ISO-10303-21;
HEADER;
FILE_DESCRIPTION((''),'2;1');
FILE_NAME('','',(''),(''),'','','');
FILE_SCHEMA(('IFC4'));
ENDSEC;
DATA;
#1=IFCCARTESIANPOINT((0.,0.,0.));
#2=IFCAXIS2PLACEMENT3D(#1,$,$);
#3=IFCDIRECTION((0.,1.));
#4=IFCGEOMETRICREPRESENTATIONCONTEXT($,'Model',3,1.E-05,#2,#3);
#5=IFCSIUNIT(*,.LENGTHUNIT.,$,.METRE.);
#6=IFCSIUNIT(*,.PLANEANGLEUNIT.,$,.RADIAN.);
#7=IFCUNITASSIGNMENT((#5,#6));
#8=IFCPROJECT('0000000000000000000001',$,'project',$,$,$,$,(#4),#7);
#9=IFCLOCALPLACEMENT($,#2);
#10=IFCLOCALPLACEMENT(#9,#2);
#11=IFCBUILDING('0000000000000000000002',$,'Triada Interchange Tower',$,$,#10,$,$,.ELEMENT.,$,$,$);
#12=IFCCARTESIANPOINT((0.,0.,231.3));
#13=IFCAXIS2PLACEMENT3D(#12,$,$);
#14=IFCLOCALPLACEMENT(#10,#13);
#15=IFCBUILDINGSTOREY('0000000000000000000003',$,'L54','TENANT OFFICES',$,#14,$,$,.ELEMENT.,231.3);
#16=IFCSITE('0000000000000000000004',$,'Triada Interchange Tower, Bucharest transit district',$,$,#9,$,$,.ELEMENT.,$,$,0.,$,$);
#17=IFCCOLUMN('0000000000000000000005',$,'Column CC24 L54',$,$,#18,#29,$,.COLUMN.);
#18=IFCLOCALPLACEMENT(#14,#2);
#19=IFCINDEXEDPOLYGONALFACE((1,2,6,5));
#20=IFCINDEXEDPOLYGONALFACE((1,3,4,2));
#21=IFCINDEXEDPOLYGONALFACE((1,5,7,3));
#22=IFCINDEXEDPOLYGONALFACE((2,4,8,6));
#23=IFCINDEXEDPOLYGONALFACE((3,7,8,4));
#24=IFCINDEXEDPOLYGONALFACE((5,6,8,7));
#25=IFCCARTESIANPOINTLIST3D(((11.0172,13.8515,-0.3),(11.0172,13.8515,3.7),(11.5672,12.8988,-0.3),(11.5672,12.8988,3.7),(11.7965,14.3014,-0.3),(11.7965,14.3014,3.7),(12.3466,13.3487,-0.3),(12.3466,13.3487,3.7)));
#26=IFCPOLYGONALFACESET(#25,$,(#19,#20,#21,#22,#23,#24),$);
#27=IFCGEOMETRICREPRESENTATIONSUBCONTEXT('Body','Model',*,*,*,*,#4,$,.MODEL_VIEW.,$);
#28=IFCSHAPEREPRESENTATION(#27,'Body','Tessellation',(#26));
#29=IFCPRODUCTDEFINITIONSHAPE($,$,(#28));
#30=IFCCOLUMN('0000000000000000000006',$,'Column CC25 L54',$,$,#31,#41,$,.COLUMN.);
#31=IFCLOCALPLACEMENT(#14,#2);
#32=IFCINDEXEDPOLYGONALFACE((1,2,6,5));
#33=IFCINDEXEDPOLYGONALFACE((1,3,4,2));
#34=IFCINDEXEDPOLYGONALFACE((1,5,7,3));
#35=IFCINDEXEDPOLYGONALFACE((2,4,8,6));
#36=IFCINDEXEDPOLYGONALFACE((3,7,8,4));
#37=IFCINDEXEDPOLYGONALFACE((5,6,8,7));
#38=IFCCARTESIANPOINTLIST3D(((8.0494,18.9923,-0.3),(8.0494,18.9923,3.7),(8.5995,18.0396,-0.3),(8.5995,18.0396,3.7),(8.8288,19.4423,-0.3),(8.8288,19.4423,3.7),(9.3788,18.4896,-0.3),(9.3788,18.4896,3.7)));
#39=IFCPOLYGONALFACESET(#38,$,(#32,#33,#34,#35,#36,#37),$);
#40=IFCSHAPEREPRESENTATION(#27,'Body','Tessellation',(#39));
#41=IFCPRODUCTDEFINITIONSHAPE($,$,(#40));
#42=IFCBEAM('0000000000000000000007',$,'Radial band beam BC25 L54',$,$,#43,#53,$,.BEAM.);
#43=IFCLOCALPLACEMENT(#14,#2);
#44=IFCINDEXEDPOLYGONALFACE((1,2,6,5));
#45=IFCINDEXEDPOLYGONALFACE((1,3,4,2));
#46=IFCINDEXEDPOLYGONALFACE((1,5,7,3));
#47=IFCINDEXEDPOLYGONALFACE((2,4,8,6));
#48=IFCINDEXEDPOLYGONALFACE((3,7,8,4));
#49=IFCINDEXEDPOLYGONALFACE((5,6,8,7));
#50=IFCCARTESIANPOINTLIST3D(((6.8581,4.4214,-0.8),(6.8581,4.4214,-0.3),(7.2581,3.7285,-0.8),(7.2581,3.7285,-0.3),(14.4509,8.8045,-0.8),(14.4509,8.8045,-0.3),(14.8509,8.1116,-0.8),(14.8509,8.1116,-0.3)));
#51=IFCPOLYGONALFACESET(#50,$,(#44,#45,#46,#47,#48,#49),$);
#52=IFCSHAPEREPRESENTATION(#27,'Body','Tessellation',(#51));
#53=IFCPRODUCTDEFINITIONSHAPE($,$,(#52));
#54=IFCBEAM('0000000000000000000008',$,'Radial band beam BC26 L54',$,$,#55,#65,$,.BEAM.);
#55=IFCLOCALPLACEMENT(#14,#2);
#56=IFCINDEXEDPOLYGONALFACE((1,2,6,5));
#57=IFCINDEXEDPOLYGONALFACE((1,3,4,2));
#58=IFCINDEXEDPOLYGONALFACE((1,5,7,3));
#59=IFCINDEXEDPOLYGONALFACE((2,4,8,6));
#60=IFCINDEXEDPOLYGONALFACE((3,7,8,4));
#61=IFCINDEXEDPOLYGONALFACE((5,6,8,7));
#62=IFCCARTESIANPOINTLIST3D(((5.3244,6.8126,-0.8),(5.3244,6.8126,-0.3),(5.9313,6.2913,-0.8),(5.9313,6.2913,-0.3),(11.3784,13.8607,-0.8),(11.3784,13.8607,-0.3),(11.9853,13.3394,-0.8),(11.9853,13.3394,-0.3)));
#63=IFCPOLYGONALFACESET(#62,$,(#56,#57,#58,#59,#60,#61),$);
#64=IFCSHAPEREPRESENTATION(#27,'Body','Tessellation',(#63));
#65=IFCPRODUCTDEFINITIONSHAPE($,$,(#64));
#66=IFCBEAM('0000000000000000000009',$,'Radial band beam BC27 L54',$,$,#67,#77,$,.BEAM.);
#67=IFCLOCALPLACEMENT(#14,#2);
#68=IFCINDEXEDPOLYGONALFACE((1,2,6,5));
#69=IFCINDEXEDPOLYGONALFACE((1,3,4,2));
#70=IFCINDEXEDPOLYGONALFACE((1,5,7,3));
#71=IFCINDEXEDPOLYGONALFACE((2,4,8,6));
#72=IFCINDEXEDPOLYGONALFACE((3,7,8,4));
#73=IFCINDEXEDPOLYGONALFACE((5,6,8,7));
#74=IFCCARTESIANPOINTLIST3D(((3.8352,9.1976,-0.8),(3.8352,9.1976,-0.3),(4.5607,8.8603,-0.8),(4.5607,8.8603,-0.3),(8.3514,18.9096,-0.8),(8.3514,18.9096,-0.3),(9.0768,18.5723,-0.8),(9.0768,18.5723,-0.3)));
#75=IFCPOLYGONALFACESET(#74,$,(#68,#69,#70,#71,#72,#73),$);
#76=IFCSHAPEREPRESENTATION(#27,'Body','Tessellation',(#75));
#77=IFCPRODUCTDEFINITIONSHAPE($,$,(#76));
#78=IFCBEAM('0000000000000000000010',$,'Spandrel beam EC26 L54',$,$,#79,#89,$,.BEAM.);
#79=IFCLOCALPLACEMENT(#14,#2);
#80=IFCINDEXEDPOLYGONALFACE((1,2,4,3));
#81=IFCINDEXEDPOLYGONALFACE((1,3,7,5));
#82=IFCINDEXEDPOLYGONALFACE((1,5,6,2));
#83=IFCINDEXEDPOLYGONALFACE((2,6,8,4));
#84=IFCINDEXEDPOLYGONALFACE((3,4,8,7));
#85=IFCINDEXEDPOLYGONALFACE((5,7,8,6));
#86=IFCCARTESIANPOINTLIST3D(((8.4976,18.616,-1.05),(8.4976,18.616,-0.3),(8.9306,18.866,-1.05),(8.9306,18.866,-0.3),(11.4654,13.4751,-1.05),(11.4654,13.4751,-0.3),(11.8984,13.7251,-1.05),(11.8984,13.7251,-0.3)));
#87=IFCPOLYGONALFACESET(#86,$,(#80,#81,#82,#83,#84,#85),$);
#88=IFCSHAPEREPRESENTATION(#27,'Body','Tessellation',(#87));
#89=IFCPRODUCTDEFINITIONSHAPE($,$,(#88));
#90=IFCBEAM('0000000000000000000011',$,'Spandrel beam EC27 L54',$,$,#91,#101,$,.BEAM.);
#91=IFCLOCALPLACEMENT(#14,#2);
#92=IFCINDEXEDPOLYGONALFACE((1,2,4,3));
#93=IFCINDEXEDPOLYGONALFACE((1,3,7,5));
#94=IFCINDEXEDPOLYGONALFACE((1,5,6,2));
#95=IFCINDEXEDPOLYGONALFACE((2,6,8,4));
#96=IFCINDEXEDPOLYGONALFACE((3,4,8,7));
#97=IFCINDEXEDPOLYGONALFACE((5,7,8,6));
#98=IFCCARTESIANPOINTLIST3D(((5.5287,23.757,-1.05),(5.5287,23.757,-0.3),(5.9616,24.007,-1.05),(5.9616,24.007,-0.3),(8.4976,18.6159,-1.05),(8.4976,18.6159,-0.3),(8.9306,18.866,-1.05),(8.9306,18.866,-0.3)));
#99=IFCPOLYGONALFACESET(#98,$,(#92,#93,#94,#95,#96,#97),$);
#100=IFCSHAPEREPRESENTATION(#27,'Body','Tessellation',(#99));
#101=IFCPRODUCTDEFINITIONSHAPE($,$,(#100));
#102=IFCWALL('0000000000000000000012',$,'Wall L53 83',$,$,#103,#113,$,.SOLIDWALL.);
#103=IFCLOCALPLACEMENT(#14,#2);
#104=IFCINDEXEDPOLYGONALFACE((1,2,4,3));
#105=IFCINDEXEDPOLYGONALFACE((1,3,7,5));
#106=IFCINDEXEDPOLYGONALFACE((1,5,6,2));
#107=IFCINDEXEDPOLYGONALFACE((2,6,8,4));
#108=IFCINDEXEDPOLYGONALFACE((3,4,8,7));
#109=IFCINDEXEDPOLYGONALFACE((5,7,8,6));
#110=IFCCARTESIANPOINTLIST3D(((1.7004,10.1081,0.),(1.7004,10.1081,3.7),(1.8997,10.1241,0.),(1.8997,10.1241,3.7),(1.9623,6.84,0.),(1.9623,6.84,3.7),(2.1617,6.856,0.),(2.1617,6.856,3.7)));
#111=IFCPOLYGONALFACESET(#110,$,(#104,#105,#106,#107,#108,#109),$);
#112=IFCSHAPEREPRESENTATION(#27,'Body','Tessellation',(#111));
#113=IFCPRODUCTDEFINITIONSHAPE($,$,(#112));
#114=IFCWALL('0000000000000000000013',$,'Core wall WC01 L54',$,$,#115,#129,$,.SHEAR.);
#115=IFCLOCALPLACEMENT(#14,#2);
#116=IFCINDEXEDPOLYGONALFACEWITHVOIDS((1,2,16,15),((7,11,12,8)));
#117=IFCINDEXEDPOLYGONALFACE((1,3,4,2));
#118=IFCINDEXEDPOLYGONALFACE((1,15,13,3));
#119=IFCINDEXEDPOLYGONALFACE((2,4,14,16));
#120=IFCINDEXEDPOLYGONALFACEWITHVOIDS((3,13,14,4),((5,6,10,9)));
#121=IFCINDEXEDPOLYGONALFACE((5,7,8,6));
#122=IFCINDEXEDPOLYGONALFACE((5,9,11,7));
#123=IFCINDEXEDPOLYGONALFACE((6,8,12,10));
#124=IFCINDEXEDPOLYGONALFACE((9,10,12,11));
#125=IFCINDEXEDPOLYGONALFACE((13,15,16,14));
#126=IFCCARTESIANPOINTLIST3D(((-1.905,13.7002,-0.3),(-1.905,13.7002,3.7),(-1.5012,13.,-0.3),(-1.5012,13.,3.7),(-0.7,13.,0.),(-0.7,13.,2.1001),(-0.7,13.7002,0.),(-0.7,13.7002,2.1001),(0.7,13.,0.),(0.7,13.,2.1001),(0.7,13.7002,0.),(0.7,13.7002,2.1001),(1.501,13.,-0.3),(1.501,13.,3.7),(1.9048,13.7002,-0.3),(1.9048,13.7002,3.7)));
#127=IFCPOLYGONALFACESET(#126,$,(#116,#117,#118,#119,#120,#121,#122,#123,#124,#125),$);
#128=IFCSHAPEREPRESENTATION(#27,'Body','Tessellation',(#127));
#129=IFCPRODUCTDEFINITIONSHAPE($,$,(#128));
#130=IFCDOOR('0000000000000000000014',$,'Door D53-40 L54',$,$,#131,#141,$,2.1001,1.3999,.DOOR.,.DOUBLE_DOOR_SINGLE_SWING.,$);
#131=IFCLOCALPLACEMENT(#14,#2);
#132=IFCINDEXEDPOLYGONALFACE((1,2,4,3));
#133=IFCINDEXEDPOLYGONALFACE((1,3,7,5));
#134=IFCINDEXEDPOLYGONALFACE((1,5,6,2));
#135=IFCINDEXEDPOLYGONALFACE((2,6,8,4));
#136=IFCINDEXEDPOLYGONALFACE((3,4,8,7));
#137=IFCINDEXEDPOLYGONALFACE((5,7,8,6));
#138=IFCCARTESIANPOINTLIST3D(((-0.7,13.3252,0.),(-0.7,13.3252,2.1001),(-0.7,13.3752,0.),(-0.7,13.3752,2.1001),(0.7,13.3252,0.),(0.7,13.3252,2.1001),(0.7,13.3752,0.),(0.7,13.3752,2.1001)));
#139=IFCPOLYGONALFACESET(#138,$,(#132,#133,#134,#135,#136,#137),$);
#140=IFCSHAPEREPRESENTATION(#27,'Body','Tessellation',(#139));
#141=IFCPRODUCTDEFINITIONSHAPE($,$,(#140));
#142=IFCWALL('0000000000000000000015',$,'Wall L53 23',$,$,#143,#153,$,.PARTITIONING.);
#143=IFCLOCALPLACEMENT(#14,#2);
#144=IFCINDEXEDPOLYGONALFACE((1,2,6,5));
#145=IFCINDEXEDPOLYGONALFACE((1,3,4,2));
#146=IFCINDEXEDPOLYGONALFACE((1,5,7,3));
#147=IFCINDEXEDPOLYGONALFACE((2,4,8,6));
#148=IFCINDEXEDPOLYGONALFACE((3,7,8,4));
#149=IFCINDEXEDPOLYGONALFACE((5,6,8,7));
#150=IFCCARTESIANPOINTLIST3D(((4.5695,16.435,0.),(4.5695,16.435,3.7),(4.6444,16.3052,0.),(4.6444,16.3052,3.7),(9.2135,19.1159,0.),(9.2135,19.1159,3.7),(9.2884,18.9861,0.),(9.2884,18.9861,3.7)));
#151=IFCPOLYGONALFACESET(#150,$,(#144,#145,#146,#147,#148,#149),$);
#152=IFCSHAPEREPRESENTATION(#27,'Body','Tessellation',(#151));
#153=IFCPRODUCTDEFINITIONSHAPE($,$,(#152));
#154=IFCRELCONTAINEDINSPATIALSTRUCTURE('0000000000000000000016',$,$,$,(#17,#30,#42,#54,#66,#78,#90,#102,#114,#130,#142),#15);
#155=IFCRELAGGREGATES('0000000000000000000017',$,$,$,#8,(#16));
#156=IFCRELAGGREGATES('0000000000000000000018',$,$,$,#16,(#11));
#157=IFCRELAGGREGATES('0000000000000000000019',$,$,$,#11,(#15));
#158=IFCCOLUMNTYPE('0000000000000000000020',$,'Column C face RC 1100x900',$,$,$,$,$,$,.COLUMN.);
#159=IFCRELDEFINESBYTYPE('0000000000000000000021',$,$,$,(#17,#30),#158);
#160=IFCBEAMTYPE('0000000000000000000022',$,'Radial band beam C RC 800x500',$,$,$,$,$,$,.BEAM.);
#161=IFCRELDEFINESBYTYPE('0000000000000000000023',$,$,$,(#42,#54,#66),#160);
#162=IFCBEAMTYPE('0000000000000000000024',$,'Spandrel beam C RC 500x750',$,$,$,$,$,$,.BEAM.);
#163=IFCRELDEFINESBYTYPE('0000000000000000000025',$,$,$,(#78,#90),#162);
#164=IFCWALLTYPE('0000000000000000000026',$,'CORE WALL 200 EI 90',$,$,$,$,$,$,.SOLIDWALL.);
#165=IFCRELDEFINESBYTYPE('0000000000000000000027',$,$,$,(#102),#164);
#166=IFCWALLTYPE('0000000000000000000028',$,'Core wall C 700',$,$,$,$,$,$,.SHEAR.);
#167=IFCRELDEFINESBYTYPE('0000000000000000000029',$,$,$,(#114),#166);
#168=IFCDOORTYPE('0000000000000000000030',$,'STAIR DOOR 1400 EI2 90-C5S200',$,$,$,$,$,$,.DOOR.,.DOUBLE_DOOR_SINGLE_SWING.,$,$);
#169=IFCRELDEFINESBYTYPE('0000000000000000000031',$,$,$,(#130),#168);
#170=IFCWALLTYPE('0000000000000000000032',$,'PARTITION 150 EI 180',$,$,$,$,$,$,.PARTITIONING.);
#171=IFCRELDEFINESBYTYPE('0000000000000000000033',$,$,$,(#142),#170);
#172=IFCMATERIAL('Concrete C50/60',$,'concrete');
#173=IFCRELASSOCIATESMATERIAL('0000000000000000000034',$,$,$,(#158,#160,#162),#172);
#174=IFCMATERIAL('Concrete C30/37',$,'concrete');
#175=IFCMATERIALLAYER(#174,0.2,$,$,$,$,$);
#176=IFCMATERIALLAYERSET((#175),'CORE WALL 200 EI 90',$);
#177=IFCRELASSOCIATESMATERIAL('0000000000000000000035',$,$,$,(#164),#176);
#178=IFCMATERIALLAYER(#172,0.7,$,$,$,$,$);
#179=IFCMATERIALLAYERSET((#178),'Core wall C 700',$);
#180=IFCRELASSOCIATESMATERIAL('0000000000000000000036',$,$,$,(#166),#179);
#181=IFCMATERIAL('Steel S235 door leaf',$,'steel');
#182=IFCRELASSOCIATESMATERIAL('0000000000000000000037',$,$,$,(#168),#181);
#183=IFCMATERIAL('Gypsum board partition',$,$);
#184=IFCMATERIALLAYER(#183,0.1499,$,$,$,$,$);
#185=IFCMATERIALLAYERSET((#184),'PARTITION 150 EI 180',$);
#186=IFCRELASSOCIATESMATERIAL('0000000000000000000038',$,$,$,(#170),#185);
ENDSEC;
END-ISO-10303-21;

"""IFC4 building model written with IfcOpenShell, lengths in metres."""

from ifc_helpers import new_model, si_unit, direction, frame, frame_2d, origin, origin_2d, place, context, subcontext, project, spatial, polyline, rectangle, outline, extrude, material, layer, layer_set, material_profile, profile_set, type_object, element, fill, save


model = new_model("IFC4")

# Units and contexts
model_context = context("Model", 3, precision=1e-05, world=origin(), true_north=direction((0.0, 1.0)))
body_context = subcontext(model_context, "Body", "Model", "MODEL_VIEW")
ifc_project = project(units=[si_unit("LENGTHUNIT", "METRE"), si_unit("PLANEANGLEUNIT", "RADIAN")], contexts=[model_context])

# Site, building, storey
site_placement = place(None, origin())
site = spatial("IfcSite", under=ifc_project, at=site_placement, Name="Triada Interchange Tower, Bucharest transit district", CompositionType="ELEMENT", RefElevation=0.0)
building_placement = place(site_placement, origin())
building = spatial("IfcBuilding", under=site, at=building_placement, Name="Triada Interchange Tower", CompositionType="ELEMENT")
storey_placement = place(building_placement, frame((0.0, 0.0, 231.3)))
storey = spatial("IfcBuildingStorey", under=building, at=storey_placement, Name="L54", Description="TENANT OFFICES", CompositionType="ELEMENT", Elevation=231.3)

# Columns
ifc_material_1 = material(Name="Concrete C50/60", Category="concrete")
ifc_material_profile_1 = material_profile(ifc_material_1, rectangle(XDim=1.1001, YDim=0.8999, at=origin_2d()), Name="RC 1100x900")
ifc_profile_set_1 = profile_set([ifc_material_profile_1], Name="Concrete C50/60")
column_type = type_object("IfcColumnType", Name="Column C face RC 1100x900", PredefinedType="COLUMN", material=ifc_profile_set_1)
for number, where, z_axis, x_axis, name in (
    (1, (11.6819, 13.6001, -0.3), (0.0, 0.0, 1.0), (-0.5, 0.866025, 0.0), "Column CC24 L54"),
    (2, (8.7141, 18.741, -0.3), (0.0, 0.0, 1.0), (-0.5, 0.866025, 0.0), "Column CC25 L54"),
):
    element("IfcColumn", number, at=place(storey_placement, frame(where, z_axis=z_axis, x_axis=x_axis)), inside=storey, type_object=column_type, Name=name, PredefinedType="COLUMN", context=body_context, shape_type="SweptSolid", body=[
        extrude(rectangle(XDim=1.1001, YDim=0.8999, at=origin_2d()), origin(), (0.0, 0.0, 1.0), 4.0),
    ])

# Beams
ifc_material_profile_2 = material_profile(ifc_material_1, rectangle(XDim=0.8, YDim=0.5, at=origin_2d()), Name="RC 800x500")
ifc_profile_set_2 = profile_set([ifc_material_profile_2], Name="Concrete C50/60")
beam_type_1 = type_object("IfcBeamType", Name="Radial band beam C RC 800x500", PredefinedType="BEAM", material=ifc_profile_set_2)
beam_1_placement = place(storey_placement, frame((14.6509, 8.458, -0.55), z_axis=(-0.866057, -0.499946, 0.0), x_axis=(0.499946, -0.866057, 0.0)))
element("IfcBeam", 3, at=beam_1_placement, inside=storey, type_object=beam_type_1, Name="Radial band beam BC25 L54", PredefinedType="BEAM", context=body_context, shape_type="SweptSolid", body=[
    extrude(rectangle(XDim=0.8, YDim=0.5, at=origin_2d()), origin(), (0.0, 0.0, 1.0), 8.7671),
])
beam_2_placement = place(storey_placement, frame((11.6819, 13.6001, -0.55), z_axis=(-0.651581, -0.758579, 0.0), x_axis=(0.758579, -0.651581, 0.0)))
element("IfcBeam", 4, at=beam_2_placement, inside=storey, type_object=beam_type_1, Name="Radial band beam BC26 L54", PredefinedType="BEAM", context=body_context, shape_type="SweptSolid", body=[
    extrude(rectangle(XDim=0.8, YDim=0.5, at=origin_2d()), origin(), (0.0, 0.0, 1.0), 9.2913),
])
beam_3_placement = place(storey_placement, frame((8.7141, 18.741, -0.55), z_axis=(-0.42165, -0.906759, 0.0), x_axis=(0.906759, -0.42165, 0.0)))
element("IfcBeam", 5, at=beam_3_placement, inside=storey, type_object=beam_type_1, Name="Radial band beam BC27 L54", PredefinedType="BEAM", context=body_context, shape_type="SweptSolid", body=[
    extrude(rectangle(XDim=0.8, YDim=0.5, at=origin_2d()), origin(), (0.0, 0.0, 1.0), 10.7107),
])
ifc_material_profile_3 = material_profile(ifc_material_1, rectangle(XDim=0.5, YDim=0.75, at=origin_2d()), Name="RC 500x750")
ifc_profile_set_3 = profile_set([ifc_material_profile_3], Name="Concrete C50/60")
beam_type_2 = type_object("IfcBeamType", Name="Spandrel beam C RC 500x750", PredefinedType="BEAM", material=ifc_profile_set_3)
beam_4_placement = place(storey_placement, frame((11.6819, 13.6001, -0.675), z_axis=(-0.499961, 0.866048, 0.0), x_axis=(-0.866048, -0.499961, 0.0)))
element("IfcBeam", 6, at=beam_4_placement, inside=storey, type_object=beam_type_2, Name="Spandrel beam EC26 L54", PredefinedType="BEAM", context=body_context, shape_type="SweptSolid", body=[
    extrude(rectangle(XDim=0.5, YDim=0.75, at=origin_2d()), origin(), (0.0, 0.0, 1.0), 5.936),
])
beam_5_placement = place(storey_placement, frame((8.7141, 18.741, -0.675), z_axis=(-0.500097, 0.865969, 0.0), x_axis=(-0.865969, -0.500097, 0.0)))
element("IfcBeam", 7, at=beam_5_placement, inside=storey, type_object=beam_type_2, Name="Spandrel beam EC27 L54", PredefinedType="BEAM", context=body_context, shape_type="SweptSolid", body=[
    extrude(rectangle(XDim=0.5, YDim=0.75, at=origin_2d()), origin(), (0.0, 0.0, 1.0), 5.9368),
])

# Wall
ifc_material_2 = material(Name="Concrete C30/37", Category="concrete")
ifc_layer_1 = layer(ifc_material_2, 0.2)
ifc_layer_set_1 = layer_set([ifc_layer_1], Name="CORE WALL 200 EI 90")
wall_type_1 = type_object("IfcWallType", Name="CORE WALL 200 EI 90", PredefinedType="SOLIDWALL", material=ifc_layer_set_1)
wall_1_placement = place(storey_placement, frame((1.8, 10.116, 0.0), z_axis=(0.0, 0.0, 1.0), x_axis=(0.079902, -0.996803, 0.0)))
element("IfcWall", 8, at=wall_1_placement, inside=storey, type_object=wall_type_1, Name="Wall L53 83", PredefinedType="SOLIDWALL", context=body_context, shape_type="SweptSolid", body=[
    extrude(rectangle(XDim=3.2786, YDim=0.2, at=frame_2d((1.6392, 0.0))), origin(), (0.0, 0.0, 1.0), 3.7),
])

# Wall, opening, door
ifc_layer_2 = layer(ifc_material_1, 0.7)
ifc_layer_set_2 = layer_set([ifc_layer_2], Name="Core wall C 700")
wall_type_2 = type_object("IfcWallType", Name="Core wall C 700", PredefinedType="SHEAR", material=ifc_layer_set_2)
wall_2_placement = place(storey_placement, frame((1.7029, 13.3501, -0.3), z_axis=(0.0, 0.0, 1.0), x_axis=(-1.0, 0.0, 0.0)))
wall_2 = element("IfcWall", 9, at=wall_2_placement, inside=storey, type_object=wall_type_2, Name="Core wall WC01 L54", PredefinedType="SHEAR", context=body_context, shape_type="SweptSolid", body=[
    extrude(outline(polyline([(-0.2019, -0.3501), (1.7031, -0.3501), (3.6079, -0.3501), (3.2041, 0.3501), (1.7031, 0.3501), (0.2019, 0.3501), (-0.2019, -0.3501)])), origin(), (0.0, 0.0, 1.0), 4.0),
])
opening_1_placement = place(wall_2_placement, frame((1.0029, 0.0, 0.3)))
opening_1 = element("IfcOpeningElement", 10, at=opening_1_placement, cuts=wall_2, PredefinedType="OPENING", context=body_context, shape_type="SweptSolid", body=[
    extrude(rectangle(XDim=1.3999, YDim=2.1001, at=frame_2d((0.7, 1.05))), frame((0.0, 0.3601, 0.0), z_axis=(0.0, -1.0, 0.0), x_axis=(1.0, 0.0, 0.0)), (0.0, 0.0, 1.0), 0.7202),
])
ifc_material_3 = material(Name="Steel S235 door leaf", Category="steel")
door_type_1 = type_object("IfcDoorType", Name="STAIR DOOR 1400 EI2 90-C5S200", OperationType="DOUBLE_DOOR_SINGLE_SWING", PredefinedType="DOOR", material=ifc_material_3)
door_1_placement = place(opening_1_placement, origin())
door_1 = element("IfcDoor", 11, at=door_1_placement, inside=storey, type_object=door_type_1, Name="Door D53-40 L54", OperationType="DOUBLE_DOOR_SINGLE_SWING", OverallHeight=2.1001, OverallWidth=1.3999, PredefinedType="DOOR", context=body_context, shape_type="SweptSolid", body=[
    extrude(rectangle(XDim=1.3999, YDim=2.1001, at=frame_2d((0.7, 1.05))), frame((0.0, 0.0249, 0.0), z_axis=(0.0, -1.0, 0.0), x_axis=(1.0, 0.0, 0.0)), (0.0, 0.0, 1.0), 0.05),
])
fill(opening_1, door_1)

# Wall
ifc_material_4 = material(Name="Gypsum board partition")
ifc_layer_3 = layer(ifc_material_4, 0.1499)
ifc_layer_set_3 = layer_set([ifc_layer_3], Name="PARTITION 150 EI 180")
wall_type_3 = type_object("IfcWallType", Name="PARTITION 150 EI 180", PredefinedType="PARTITIONING", material=ifc_layer_set_3)
wall_3_placement = place(storey_placement, frame((4.6069, 16.3701, 0.0), z_axis=(0.0, 0.0, 1.0), x_axis=(0.866052, 0.499954, 0.0)))
element("IfcWall", 12, at=wall_3_placement, inside=storey, type_object=wall_type_3, Name="Wall L53 23", PredefinedType="PARTITIONING", context=body_context, shape_type="SweptSolid", body=[
    extrude(rectangle(XDim=5.3623, YDim=0.1499, at=frame_2d((2.6812, 0.0))), origin(), (0.0, 0.0, 1.0), 3.7),
])

save(model, "model.ifc")
